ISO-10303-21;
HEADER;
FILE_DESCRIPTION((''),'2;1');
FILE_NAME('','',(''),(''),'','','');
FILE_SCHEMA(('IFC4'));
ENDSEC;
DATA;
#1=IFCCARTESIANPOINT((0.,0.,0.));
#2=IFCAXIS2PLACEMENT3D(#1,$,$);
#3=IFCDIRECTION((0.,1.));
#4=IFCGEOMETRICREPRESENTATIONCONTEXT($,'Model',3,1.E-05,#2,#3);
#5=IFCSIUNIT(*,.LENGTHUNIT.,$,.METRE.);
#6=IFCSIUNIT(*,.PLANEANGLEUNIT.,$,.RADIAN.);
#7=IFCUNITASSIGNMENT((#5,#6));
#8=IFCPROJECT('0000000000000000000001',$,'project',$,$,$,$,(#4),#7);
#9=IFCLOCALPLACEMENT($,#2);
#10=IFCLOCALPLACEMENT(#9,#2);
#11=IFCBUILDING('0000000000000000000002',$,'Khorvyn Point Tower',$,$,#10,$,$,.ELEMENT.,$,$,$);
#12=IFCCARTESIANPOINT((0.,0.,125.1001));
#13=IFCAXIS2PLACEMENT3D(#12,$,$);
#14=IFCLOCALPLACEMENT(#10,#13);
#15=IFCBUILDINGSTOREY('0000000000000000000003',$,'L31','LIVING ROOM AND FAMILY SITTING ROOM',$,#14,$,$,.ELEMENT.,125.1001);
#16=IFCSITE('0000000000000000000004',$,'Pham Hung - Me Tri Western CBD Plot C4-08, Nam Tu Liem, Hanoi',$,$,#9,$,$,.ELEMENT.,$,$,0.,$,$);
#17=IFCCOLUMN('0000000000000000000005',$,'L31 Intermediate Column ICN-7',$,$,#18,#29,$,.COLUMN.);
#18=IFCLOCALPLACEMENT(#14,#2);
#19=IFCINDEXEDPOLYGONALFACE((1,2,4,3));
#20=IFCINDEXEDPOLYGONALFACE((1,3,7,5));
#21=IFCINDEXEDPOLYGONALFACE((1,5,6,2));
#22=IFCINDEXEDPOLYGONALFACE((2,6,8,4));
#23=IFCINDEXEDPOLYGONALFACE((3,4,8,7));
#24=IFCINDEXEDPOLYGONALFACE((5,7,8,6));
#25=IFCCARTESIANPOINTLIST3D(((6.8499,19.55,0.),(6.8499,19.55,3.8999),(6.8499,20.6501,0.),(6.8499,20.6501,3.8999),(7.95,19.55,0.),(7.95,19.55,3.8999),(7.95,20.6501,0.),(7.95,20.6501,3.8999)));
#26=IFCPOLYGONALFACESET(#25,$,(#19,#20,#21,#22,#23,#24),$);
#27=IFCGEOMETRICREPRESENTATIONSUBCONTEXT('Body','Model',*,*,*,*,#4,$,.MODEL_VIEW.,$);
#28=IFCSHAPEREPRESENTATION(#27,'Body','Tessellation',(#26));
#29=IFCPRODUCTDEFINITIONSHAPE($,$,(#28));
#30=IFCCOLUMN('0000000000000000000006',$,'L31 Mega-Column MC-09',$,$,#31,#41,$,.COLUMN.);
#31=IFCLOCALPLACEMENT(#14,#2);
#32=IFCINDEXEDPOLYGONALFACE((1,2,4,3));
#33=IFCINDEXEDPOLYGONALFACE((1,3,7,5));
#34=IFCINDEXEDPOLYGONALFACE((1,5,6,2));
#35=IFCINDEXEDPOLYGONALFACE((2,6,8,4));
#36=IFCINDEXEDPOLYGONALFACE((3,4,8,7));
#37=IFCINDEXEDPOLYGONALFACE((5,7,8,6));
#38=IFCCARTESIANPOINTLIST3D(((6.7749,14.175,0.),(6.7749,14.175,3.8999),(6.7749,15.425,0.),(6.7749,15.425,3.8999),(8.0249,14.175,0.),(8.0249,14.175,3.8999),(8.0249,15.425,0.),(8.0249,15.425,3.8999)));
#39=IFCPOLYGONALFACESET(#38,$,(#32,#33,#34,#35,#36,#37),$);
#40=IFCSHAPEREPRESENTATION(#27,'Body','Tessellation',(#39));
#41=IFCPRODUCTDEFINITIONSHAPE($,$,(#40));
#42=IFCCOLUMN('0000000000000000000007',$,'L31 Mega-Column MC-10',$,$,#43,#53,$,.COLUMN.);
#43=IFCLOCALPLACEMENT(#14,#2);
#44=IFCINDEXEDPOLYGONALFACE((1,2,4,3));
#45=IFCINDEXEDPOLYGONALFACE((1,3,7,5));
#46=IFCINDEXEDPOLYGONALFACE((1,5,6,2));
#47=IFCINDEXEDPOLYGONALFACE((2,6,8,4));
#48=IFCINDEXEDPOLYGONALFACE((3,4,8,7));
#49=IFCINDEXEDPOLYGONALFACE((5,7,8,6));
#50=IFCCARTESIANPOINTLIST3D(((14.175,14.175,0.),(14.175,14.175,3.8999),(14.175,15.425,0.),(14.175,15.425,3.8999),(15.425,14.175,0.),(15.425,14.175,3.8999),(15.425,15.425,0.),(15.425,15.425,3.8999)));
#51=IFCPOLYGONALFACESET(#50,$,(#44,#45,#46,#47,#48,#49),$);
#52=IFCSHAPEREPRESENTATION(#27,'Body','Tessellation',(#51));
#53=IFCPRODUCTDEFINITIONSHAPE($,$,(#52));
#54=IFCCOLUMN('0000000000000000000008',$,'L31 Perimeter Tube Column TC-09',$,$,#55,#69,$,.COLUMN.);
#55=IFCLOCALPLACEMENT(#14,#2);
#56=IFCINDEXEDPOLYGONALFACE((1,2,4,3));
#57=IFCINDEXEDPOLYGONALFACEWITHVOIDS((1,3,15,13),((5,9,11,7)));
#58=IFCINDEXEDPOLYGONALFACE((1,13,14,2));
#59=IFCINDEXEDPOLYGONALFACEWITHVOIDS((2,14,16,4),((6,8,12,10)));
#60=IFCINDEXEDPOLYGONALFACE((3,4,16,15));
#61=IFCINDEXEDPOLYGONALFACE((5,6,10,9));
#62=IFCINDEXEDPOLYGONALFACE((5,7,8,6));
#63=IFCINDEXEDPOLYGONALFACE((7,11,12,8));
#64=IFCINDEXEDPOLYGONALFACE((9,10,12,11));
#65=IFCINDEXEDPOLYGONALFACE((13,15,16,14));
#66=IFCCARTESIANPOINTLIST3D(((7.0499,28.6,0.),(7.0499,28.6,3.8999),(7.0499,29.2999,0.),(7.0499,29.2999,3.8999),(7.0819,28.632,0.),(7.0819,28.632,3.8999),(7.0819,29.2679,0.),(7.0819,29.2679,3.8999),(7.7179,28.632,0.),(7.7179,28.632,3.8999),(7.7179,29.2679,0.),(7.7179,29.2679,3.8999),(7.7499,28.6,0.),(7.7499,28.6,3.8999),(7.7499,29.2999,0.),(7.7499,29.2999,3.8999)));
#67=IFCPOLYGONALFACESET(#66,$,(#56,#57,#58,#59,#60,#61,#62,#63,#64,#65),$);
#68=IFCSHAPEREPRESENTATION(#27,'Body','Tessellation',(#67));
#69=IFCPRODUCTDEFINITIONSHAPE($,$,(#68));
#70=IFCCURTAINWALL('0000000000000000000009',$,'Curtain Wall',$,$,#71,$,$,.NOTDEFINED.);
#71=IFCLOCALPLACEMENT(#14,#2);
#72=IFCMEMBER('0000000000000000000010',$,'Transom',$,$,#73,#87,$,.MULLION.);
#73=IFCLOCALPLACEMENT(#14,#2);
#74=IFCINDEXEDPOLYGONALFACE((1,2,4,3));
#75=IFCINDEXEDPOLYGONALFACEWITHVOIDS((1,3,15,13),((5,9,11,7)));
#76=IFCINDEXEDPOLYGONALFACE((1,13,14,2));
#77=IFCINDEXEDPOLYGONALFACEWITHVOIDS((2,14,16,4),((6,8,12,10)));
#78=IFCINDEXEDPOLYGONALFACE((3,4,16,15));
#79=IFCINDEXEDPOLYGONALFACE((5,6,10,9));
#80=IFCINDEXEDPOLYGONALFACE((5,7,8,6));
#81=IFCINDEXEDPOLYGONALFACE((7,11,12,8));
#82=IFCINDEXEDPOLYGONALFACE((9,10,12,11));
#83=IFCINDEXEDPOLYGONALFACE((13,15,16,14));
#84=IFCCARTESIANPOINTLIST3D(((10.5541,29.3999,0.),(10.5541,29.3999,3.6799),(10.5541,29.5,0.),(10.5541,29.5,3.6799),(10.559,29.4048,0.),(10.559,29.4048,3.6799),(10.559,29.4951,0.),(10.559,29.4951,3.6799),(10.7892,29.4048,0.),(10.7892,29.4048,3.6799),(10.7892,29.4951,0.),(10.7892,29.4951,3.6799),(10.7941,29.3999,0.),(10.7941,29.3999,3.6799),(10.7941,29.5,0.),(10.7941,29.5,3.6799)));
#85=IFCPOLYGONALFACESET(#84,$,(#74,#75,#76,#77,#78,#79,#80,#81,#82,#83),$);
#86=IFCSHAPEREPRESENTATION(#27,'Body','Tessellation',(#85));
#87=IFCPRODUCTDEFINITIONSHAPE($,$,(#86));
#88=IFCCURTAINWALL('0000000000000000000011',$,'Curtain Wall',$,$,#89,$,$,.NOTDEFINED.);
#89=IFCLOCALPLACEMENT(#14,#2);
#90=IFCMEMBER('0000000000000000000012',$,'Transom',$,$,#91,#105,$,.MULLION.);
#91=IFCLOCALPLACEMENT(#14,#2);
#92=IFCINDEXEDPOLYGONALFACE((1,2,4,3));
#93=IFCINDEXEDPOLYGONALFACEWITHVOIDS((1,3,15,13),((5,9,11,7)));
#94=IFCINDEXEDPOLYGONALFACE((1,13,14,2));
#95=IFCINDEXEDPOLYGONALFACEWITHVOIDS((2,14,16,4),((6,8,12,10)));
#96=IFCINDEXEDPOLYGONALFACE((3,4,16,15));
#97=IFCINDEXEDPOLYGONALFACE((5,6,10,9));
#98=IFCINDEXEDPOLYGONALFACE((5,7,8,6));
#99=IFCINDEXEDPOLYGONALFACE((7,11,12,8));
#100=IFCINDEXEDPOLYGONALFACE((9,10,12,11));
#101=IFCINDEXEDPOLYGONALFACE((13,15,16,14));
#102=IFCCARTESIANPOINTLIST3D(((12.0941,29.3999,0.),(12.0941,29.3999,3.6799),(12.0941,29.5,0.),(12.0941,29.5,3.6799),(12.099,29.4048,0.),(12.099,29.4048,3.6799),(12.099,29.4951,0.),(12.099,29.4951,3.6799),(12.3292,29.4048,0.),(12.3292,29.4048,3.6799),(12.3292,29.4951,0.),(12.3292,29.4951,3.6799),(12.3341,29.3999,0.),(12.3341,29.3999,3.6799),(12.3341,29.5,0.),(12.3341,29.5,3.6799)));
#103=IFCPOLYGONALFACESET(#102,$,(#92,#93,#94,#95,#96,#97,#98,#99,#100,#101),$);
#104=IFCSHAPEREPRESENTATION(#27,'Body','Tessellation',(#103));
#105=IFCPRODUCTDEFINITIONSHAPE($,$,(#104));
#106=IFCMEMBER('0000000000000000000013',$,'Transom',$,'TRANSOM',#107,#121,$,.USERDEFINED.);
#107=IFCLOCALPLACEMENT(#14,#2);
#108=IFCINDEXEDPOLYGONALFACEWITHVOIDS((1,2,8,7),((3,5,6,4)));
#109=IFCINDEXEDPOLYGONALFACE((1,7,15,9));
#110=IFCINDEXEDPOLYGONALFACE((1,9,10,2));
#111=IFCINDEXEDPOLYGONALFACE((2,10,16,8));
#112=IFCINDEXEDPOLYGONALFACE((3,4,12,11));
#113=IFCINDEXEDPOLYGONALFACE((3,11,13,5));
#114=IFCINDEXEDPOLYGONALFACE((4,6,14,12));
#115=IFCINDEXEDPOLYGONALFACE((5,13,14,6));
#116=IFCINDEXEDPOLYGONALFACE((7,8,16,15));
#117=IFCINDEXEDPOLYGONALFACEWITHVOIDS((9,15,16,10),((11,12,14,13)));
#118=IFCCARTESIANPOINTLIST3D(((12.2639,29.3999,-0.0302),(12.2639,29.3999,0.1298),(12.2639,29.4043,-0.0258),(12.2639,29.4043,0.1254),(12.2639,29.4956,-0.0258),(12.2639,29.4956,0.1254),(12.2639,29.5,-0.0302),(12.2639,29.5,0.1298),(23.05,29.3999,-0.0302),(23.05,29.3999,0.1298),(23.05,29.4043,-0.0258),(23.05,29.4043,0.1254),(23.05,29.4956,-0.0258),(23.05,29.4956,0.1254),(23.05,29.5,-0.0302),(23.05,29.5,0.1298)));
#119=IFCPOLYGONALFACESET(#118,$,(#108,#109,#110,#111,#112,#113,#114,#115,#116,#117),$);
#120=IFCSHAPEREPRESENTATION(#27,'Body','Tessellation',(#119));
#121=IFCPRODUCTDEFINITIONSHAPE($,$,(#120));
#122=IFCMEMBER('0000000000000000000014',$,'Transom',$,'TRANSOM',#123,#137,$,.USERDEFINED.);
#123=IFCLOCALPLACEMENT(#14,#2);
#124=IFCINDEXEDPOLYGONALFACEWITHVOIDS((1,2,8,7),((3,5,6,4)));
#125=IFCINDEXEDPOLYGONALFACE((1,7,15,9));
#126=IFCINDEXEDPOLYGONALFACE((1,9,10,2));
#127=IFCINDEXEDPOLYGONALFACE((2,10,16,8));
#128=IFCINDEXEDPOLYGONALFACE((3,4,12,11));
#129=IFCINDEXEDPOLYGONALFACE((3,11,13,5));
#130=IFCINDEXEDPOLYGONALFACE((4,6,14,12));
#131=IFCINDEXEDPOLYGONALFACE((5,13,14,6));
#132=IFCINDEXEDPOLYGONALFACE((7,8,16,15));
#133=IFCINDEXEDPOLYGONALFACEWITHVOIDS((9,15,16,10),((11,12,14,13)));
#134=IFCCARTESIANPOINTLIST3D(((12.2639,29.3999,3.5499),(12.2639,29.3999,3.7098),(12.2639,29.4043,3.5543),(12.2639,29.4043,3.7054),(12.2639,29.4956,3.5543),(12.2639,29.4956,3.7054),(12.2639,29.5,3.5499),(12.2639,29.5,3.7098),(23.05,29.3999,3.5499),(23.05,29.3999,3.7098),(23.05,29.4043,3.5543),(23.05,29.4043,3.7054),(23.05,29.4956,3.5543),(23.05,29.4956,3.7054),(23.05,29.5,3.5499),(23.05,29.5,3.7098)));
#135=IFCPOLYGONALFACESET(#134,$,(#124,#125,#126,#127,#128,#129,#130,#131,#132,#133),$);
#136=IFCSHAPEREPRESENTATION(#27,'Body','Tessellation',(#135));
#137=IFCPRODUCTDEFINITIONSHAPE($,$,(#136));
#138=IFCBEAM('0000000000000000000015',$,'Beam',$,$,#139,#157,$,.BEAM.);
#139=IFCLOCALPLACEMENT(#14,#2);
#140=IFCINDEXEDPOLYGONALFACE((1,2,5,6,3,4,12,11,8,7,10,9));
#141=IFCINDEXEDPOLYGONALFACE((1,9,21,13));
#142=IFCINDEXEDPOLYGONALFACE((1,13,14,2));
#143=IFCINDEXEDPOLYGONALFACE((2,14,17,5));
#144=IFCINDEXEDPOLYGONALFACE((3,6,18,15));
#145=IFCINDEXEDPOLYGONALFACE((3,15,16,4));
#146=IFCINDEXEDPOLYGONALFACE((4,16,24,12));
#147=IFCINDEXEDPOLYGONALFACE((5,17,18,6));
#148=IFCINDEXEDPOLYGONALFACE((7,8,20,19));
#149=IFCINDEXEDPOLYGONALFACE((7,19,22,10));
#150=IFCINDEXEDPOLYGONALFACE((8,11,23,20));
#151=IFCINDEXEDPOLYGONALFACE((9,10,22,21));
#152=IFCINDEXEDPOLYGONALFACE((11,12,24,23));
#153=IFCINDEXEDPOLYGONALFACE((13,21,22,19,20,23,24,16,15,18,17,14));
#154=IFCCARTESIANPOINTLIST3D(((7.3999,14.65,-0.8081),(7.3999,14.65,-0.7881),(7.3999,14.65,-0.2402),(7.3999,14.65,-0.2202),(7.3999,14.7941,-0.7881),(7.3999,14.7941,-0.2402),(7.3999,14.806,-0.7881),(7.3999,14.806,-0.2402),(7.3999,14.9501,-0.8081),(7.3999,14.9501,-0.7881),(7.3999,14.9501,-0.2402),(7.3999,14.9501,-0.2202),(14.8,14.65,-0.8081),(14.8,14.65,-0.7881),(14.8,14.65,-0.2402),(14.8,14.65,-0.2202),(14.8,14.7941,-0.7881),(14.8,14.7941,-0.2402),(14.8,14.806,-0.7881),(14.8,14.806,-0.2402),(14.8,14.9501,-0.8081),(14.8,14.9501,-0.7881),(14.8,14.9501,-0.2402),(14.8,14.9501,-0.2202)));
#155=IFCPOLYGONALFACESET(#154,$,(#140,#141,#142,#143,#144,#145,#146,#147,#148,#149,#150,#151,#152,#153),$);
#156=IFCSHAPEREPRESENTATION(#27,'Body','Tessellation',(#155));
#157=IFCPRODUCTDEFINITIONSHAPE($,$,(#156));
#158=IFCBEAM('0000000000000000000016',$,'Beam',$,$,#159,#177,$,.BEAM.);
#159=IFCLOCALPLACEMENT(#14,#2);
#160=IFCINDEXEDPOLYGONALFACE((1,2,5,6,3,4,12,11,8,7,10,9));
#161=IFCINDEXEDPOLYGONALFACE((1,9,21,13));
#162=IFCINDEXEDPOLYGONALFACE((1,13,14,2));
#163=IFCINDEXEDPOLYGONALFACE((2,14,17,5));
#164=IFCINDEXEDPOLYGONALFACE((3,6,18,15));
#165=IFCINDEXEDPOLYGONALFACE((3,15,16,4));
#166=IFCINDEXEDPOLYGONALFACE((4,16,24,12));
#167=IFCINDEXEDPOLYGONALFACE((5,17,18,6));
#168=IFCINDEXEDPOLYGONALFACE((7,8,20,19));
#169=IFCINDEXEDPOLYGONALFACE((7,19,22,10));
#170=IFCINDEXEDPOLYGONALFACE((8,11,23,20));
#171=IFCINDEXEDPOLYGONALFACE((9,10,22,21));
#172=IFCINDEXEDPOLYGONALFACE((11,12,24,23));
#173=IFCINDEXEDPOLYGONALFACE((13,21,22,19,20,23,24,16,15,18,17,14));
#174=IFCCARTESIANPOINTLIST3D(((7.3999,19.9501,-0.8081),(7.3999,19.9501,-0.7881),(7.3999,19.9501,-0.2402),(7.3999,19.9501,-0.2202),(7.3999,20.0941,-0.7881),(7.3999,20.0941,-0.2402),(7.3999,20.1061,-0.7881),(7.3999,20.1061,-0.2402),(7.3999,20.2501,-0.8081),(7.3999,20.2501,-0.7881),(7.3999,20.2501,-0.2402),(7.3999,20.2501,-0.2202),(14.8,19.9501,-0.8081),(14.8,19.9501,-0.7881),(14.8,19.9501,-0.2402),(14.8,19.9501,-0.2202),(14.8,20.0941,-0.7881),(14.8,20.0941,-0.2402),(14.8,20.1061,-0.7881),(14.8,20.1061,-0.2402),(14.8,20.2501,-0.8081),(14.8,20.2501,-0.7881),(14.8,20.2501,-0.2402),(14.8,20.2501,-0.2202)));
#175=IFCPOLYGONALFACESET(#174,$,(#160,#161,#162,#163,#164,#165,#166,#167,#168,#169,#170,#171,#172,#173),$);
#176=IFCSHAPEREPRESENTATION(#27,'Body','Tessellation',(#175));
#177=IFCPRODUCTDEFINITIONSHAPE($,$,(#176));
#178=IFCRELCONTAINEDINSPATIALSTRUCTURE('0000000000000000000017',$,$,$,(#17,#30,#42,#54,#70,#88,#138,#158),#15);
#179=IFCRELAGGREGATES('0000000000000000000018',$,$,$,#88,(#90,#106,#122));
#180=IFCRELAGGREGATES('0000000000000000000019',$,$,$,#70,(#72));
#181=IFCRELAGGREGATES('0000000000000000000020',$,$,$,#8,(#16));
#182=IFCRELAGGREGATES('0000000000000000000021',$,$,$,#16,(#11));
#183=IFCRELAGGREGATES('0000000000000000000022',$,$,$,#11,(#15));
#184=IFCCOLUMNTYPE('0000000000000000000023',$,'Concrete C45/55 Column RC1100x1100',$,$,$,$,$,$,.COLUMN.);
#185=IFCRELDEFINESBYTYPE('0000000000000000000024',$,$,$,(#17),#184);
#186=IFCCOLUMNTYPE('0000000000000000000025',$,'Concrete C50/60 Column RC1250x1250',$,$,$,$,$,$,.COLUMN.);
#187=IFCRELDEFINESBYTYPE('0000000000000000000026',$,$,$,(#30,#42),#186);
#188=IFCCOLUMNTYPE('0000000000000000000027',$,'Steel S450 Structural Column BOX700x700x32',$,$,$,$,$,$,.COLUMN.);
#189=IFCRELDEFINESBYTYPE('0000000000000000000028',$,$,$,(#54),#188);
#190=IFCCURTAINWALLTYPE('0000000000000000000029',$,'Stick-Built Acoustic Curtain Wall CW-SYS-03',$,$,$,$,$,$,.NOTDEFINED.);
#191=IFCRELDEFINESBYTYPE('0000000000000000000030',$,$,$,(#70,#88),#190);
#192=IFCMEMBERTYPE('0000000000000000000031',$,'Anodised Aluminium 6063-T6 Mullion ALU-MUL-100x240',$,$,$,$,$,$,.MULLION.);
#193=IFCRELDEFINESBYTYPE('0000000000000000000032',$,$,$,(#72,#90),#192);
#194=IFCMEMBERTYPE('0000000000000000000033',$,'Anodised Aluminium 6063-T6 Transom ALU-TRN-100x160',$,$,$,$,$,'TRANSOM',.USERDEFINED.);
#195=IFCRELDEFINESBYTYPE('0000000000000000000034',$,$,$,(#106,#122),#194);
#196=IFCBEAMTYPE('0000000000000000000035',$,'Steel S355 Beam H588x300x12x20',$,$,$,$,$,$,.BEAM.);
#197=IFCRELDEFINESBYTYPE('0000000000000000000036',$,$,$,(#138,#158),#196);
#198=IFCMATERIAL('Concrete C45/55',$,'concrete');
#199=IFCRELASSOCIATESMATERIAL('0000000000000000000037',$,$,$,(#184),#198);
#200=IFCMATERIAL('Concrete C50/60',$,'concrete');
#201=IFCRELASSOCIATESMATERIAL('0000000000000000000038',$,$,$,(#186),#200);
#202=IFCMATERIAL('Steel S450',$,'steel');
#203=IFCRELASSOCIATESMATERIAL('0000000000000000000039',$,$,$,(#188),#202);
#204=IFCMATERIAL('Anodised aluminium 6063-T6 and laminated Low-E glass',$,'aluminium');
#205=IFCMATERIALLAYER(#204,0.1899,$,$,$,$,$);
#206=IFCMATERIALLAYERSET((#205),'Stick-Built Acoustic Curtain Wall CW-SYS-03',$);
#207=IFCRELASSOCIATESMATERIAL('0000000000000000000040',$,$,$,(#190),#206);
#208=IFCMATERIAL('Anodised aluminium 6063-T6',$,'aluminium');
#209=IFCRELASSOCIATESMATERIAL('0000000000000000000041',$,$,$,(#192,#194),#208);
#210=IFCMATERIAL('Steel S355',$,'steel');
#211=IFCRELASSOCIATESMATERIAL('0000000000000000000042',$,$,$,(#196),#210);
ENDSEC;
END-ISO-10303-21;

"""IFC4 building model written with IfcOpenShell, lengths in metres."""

from ifc_helpers import new_model, si_unit, direction, frame, origin, origin_2d, place, context, subcontext, project, spatial, rectangle, hollow_rectangle, i_section, extrude, material, layer, layer_set, material_profile, profile_set, type_object, element, aggregate, save


model = new_model("IFC4")

# Units and contexts
model_context = context("Model", 3, precision=1e-05, world=origin(), true_north=direction((0.0, 1.0)))
body_context = subcontext(model_context, "Body", "Model", "MODEL_VIEW")
ifc_project = project(units=[si_unit("LENGTHUNIT", "METRE"), si_unit("PLANEANGLEUNIT", "RADIAN")], contexts=[model_context])

# Site, building, storey
site_placement = place(None, origin())
site = spatial("IfcSite", under=ifc_project, at=site_placement, Name="Pham Hung - Me Tri Western CBD Plot C4-08, Nam Tu Liem, Hanoi", CompositionType="ELEMENT", RefElevation=0.0)
building_placement = place(site_placement, origin())
building = spatial("IfcBuilding", under=site, at=building_placement, Name="Khorvyn Point Tower", CompositionType="ELEMENT")
storey_placement = place(building_placement, frame((0.0, 0.0, 125.1001)))
storey = spatial("IfcBuildingStorey", under=building, at=storey_placement, Name="L31", Description="LIVING ROOM AND FAMILY SITTING ROOM", CompositionType="ELEMENT", Elevation=125.1001)

# Columns
ifc_material_1 = material(Name="Concrete C45/55", Category="concrete")
ifc_material_profile_1 = material_profile(ifc_material_1, rectangle(XDim=1.1001, YDim=1.1001, at=origin_2d()))
ifc_profile_set_1 = profile_set([ifc_material_profile_1], Name="Concrete C45/55 RC1100x1100")
column_type_1 = type_object("IfcColumnType", Name="Concrete C45/55 Column RC1100x1100", PredefinedType="COLUMN", material=ifc_profile_set_1)
column_1_placement = place(storey_placement, frame((7.3999, 20.1001, 0.0), z_axis=(0.0, 0.0, 1.0), x_axis=(1.0, 0.0, 0.0)))
element("IfcColumn", 1, at=column_1_placement, inside=storey, type_object=column_type_1, Name="L31 Intermediate Column ICN-7", PredefinedType="COLUMN", context=body_context, shape_type="SweptSolid", body=[
    extrude(rectangle(XDim=1.1001, YDim=1.1001, at=origin_2d()), origin(), (0.0, 0.0, 1.0), 3.8999),
])
ifc_material_2 = material(Name="Concrete C50/60", Category="concrete")
ifc_material_profile_2 = material_profile(ifc_material_2, rectangle(XDim=1.25, YDim=1.25, at=origin_2d()))
ifc_profile_set_2 = profile_set([ifc_material_profile_2], Name="Concrete C50/60 RC1250x1250")
column_type_2 = type_object("IfcColumnType", Name="Concrete C50/60 Column RC1250x1250", PredefinedType="COLUMN", material=ifc_profile_set_2)
for number, where, z_axis, x_axis, name in (
    (2, (7.3999, 14.8, 0.0), (0.0, 0.0, 1.0), (1.0, 0.0, 0.0), "L31 Mega-Column MC-09"),
    (3, (14.8, 14.8, 0.0), (0.0, 0.0, 1.0), (1.0, 0.0, 0.0), "L31 Mega-Column MC-10"),
):
    element("IfcColumn", number, at=place(storey_placement, frame(where, z_axis=z_axis, x_axis=x_axis)), inside=storey, type_object=column_type_2, Name=name, PredefinedType="COLUMN", context=body_context, shape_type="SweptSolid", body=[
        extrude(rectangle(XDim=1.25, YDim=1.25, at=origin_2d()), origin(), (0.0, 0.0, 1.0), 3.8999),
    ])
ifc_material_3 = material(Name="Steel S450", Category="steel")
ifc_material_profile_3 = material_profile(ifc_material_3, hollow_rectangle(XDim=0.7, YDim=0.7, WallThickness=0.032, at=origin_2d()))
ifc_profile_set_3 = profile_set([ifc_material_profile_3], Name="Steel S450 BOX700x700x32")
column_type_3 = type_object("IfcColumnType", Name="Steel S450 Structural Column BOX700x700x32", PredefinedType="COLUMN", material=ifc_profile_set_3)
column_2_placement = place(storey_placement, frame((7.3999, 28.95, 0.0), z_axis=(0.0, 0.0, 1.0), x_axis=(1.0, 0.0, 0.0)))
element("IfcColumn", 4, at=column_2_placement, inside=storey, type_object=column_type_3, Name="L31 Perimeter Tube Column TC-09", PredefinedType="COLUMN", context=body_context, shape_type="SweptSolid", body=[
    extrude(hollow_rectangle(XDim=0.7, YDim=0.7, WallThickness=0.032, at=origin_2d()), origin(), (0.0, 0.0, 1.0), 3.8999),
])

# Curtain wall, member
ifc_material_4 = material(Name="Anodised aluminium 6063-T6 and laminated Low-E glass", Category="aluminium")
ifc_layer_1 = layer(ifc_material_4, 0.1899)
ifc_layer_set_1 = layer_set([ifc_layer_1], Name="Stick-Built Acoustic Curtain Wall CW-SYS-03")
curtain_wall_type = type_object("IfcCurtainWallType", Name="Stick-Built Acoustic Curtain Wall CW-SYS-03", PredefinedType="NOTDEFINED", material=ifc_layer_set_1)
curtain_wall_1_placement = place(storey_placement, origin())
curtain_wall_1 = element("IfcCurtainWall", 5, at=curtain_wall_1_placement, inside=storey, type_object=curtain_wall_type, Name="Curtain Wall", PredefinedType="NOTDEFINED")
ifc_material_5 = material(Name="Anodised aluminium 6063-T6", Category="aluminium")
ifc_material_profile_4 = material_profile(ifc_material_5, hollow_rectangle(XDim=0.1001, YDim=0.24, WallThickness=0.0049, at=origin_2d()))
ifc_profile_set_4 = profile_set([ifc_material_profile_4], Name="Anodised aluminium 6063-T6 ALU-MUL-100x240")
member_type_1 = type_object("IfcMemberType", Name="Anodised Aluminium 6063-T6 Mullion ALU-MUL-100x240", PredefinedType="MULLION", material=ifc_profile_set_4)
member_1_placement = place(storey_placement, frame((10.6741, 29.45, 0.0), z_axis=(0.0, 0.0, 1.0), x_axis=(0.0, 1.0, 0.0)))
member_1 = element("IfcMember", 6, at=member_1_placement, type_object=member_type_1, Name="Transom", PredefinedType="MULLION", context=body_context, shape_type="SweptSolid", body=[
    extrude(hollow_rectangle(XDim=0.1001, YDim=0.24, WallThickness=0.0049, at=origin_2d()), origin(), (0.0, 0.0, 1.0), 3.6799),
])

# Curtain wall, members
curtain_wall_2_placement = place(storey_placement, origin())
curtain_wall_2 = element("IfcCurtainWall", 7, at=curtain_wall_2_placement, inside=storey, type_object=curtain_wall_type, Name="Curtain Wall", PredefinedType="NOTDEFINED")
member_2_placement = place(storey_placement, frame((12.2141, 29.45, 0.0), z_axis=(0.0, 0.0, 1.0), x_axis=(0.0, 1.0, 0.0)))
member_2 = element("IfcMember", 8, at=member_2_placement, type_object=member_type_1, Name="Transom", PredefinedType="MULLION", context=body_context, shape_type="SweptSolid", body=[
    extrude(hollow_rectangle(XDim=0.1001, YDim=0.24, WallThickness=0.0049, at=origin_2d()), origin(), (0.0, 0.0, 1.0), 3.6799),
])
ifc_material_profile_5 = material_profile(ifc_material_5, hollow_rectangle(XDim=0.1001, YDim=0.1599, WallThickness=0.0044, at=origin_2d()))
ifc_profile_set_5 = profile_set([ifc_material_profile_5], Name="Anodised aluminium 6063-T6 ALU-TRN-100x160")
member_type_2 = type_object("IfcMemberType", Name="Anodised Aluminium 6063-T6 Transom ALU-TRN-100x160", ElementType="TRANSOM", PredefinedType="USERDEFINED", material=ifc_profile_set_5)
member_3_placement = place(storey_placement, frame((12.2639, 29.45, 0.0498), z_axis=(1.0, 0.0, 0.0), x_axis=(0.0, 1.0, 0.0)))
member_3 = element("IfcMember", 9, at=member_3_placement, type_object=member_type_2, Name="Transom", ObjectType="TRANSOM", PredefinedType="USERDEFINED", context=body_context, shape_type="SweptSolid", body=[
    extrude(hollow_rectangle(XDim=0.1001, YDim=0.1599, WallThickness=0.0044, at=origin_2d()), origin(), (0.0, 0.0, 1.0), 10.7861),
])
member_4_placement = place(storey_placement, frame((12.2639, 29.45, 3.6299), z_axis=(1.0, 0.0, 0.0), x_axis=(0.0, 1.0, 0.0)))
member_4 = element("IfcMember", 10, at=member_4_placement, type_object=member_type_2, Name="Transom", ObjectType="TRANSOM", PredefinedType="USERDEFINED", context=body_context, shape_type="SweptSolid", body=[
    extrude(hollow_rectangle(XDim=0.1001, YDim=0.1599, WallThickness=0.0044, at=origin_2d()), origin(), (0.0, 0.0, 1.0), 10.7861),
])
aggregate(curtain_wall_2, [member_2, member_3, member_4])

# Beams
ifc_material_6 = material(Name="Steel S355", Category="steel")
ifc_material_profile_6 = material_profile(ifc_material_6, i_section(OverallWidth=0.3, OverallDepth=0.5879, WebThickness=0.012, FlangeThickness=0.02, at=origin_2d()))
ifc_profile_set_6 = profile_set([ifc_material_profile_6], Name="Steel S355 H588x300x12x20")
beam_type_1 = type_object("IfcBeamType", Name="Steel S355 Beam H588x300x12x20", PredefinedType="BEAM", material=ifc_profile_set_6)
for number, where, z_axis, x_axis, name in (
    (11, (7.3999, 14.8, -0.5142), (1.0, 0.0, 0.0), (0.0, 1.0, 0.0), "Beam"),
    (12, (7.3999, 20.1001, -0.5142), (1.0, 0.0, 0.0), (0.0, 1.0, 0.0), "Beam"),
):
    element("IfcBeam", number, at=place(storey_placement, frame(where, z_axis=z_axis, x_axis=x_axis)), inside=storey, type_object=beam_type_1, Name=name, PredefinedType="BEAM", context=body_context, shape_type="SweptSolid", body=[
        extrude(i_section(OverallWidth=0.3, OverallDepth=0.5879, WebThickness=0.012, FlangeThickness=0.02, at=origin_2d()), origin(), (0.0, 0.0, 1.0), 7.4001),
    ])

aggregate(curtain_wall_1, [member_1])

save(model, "model.ifc")
